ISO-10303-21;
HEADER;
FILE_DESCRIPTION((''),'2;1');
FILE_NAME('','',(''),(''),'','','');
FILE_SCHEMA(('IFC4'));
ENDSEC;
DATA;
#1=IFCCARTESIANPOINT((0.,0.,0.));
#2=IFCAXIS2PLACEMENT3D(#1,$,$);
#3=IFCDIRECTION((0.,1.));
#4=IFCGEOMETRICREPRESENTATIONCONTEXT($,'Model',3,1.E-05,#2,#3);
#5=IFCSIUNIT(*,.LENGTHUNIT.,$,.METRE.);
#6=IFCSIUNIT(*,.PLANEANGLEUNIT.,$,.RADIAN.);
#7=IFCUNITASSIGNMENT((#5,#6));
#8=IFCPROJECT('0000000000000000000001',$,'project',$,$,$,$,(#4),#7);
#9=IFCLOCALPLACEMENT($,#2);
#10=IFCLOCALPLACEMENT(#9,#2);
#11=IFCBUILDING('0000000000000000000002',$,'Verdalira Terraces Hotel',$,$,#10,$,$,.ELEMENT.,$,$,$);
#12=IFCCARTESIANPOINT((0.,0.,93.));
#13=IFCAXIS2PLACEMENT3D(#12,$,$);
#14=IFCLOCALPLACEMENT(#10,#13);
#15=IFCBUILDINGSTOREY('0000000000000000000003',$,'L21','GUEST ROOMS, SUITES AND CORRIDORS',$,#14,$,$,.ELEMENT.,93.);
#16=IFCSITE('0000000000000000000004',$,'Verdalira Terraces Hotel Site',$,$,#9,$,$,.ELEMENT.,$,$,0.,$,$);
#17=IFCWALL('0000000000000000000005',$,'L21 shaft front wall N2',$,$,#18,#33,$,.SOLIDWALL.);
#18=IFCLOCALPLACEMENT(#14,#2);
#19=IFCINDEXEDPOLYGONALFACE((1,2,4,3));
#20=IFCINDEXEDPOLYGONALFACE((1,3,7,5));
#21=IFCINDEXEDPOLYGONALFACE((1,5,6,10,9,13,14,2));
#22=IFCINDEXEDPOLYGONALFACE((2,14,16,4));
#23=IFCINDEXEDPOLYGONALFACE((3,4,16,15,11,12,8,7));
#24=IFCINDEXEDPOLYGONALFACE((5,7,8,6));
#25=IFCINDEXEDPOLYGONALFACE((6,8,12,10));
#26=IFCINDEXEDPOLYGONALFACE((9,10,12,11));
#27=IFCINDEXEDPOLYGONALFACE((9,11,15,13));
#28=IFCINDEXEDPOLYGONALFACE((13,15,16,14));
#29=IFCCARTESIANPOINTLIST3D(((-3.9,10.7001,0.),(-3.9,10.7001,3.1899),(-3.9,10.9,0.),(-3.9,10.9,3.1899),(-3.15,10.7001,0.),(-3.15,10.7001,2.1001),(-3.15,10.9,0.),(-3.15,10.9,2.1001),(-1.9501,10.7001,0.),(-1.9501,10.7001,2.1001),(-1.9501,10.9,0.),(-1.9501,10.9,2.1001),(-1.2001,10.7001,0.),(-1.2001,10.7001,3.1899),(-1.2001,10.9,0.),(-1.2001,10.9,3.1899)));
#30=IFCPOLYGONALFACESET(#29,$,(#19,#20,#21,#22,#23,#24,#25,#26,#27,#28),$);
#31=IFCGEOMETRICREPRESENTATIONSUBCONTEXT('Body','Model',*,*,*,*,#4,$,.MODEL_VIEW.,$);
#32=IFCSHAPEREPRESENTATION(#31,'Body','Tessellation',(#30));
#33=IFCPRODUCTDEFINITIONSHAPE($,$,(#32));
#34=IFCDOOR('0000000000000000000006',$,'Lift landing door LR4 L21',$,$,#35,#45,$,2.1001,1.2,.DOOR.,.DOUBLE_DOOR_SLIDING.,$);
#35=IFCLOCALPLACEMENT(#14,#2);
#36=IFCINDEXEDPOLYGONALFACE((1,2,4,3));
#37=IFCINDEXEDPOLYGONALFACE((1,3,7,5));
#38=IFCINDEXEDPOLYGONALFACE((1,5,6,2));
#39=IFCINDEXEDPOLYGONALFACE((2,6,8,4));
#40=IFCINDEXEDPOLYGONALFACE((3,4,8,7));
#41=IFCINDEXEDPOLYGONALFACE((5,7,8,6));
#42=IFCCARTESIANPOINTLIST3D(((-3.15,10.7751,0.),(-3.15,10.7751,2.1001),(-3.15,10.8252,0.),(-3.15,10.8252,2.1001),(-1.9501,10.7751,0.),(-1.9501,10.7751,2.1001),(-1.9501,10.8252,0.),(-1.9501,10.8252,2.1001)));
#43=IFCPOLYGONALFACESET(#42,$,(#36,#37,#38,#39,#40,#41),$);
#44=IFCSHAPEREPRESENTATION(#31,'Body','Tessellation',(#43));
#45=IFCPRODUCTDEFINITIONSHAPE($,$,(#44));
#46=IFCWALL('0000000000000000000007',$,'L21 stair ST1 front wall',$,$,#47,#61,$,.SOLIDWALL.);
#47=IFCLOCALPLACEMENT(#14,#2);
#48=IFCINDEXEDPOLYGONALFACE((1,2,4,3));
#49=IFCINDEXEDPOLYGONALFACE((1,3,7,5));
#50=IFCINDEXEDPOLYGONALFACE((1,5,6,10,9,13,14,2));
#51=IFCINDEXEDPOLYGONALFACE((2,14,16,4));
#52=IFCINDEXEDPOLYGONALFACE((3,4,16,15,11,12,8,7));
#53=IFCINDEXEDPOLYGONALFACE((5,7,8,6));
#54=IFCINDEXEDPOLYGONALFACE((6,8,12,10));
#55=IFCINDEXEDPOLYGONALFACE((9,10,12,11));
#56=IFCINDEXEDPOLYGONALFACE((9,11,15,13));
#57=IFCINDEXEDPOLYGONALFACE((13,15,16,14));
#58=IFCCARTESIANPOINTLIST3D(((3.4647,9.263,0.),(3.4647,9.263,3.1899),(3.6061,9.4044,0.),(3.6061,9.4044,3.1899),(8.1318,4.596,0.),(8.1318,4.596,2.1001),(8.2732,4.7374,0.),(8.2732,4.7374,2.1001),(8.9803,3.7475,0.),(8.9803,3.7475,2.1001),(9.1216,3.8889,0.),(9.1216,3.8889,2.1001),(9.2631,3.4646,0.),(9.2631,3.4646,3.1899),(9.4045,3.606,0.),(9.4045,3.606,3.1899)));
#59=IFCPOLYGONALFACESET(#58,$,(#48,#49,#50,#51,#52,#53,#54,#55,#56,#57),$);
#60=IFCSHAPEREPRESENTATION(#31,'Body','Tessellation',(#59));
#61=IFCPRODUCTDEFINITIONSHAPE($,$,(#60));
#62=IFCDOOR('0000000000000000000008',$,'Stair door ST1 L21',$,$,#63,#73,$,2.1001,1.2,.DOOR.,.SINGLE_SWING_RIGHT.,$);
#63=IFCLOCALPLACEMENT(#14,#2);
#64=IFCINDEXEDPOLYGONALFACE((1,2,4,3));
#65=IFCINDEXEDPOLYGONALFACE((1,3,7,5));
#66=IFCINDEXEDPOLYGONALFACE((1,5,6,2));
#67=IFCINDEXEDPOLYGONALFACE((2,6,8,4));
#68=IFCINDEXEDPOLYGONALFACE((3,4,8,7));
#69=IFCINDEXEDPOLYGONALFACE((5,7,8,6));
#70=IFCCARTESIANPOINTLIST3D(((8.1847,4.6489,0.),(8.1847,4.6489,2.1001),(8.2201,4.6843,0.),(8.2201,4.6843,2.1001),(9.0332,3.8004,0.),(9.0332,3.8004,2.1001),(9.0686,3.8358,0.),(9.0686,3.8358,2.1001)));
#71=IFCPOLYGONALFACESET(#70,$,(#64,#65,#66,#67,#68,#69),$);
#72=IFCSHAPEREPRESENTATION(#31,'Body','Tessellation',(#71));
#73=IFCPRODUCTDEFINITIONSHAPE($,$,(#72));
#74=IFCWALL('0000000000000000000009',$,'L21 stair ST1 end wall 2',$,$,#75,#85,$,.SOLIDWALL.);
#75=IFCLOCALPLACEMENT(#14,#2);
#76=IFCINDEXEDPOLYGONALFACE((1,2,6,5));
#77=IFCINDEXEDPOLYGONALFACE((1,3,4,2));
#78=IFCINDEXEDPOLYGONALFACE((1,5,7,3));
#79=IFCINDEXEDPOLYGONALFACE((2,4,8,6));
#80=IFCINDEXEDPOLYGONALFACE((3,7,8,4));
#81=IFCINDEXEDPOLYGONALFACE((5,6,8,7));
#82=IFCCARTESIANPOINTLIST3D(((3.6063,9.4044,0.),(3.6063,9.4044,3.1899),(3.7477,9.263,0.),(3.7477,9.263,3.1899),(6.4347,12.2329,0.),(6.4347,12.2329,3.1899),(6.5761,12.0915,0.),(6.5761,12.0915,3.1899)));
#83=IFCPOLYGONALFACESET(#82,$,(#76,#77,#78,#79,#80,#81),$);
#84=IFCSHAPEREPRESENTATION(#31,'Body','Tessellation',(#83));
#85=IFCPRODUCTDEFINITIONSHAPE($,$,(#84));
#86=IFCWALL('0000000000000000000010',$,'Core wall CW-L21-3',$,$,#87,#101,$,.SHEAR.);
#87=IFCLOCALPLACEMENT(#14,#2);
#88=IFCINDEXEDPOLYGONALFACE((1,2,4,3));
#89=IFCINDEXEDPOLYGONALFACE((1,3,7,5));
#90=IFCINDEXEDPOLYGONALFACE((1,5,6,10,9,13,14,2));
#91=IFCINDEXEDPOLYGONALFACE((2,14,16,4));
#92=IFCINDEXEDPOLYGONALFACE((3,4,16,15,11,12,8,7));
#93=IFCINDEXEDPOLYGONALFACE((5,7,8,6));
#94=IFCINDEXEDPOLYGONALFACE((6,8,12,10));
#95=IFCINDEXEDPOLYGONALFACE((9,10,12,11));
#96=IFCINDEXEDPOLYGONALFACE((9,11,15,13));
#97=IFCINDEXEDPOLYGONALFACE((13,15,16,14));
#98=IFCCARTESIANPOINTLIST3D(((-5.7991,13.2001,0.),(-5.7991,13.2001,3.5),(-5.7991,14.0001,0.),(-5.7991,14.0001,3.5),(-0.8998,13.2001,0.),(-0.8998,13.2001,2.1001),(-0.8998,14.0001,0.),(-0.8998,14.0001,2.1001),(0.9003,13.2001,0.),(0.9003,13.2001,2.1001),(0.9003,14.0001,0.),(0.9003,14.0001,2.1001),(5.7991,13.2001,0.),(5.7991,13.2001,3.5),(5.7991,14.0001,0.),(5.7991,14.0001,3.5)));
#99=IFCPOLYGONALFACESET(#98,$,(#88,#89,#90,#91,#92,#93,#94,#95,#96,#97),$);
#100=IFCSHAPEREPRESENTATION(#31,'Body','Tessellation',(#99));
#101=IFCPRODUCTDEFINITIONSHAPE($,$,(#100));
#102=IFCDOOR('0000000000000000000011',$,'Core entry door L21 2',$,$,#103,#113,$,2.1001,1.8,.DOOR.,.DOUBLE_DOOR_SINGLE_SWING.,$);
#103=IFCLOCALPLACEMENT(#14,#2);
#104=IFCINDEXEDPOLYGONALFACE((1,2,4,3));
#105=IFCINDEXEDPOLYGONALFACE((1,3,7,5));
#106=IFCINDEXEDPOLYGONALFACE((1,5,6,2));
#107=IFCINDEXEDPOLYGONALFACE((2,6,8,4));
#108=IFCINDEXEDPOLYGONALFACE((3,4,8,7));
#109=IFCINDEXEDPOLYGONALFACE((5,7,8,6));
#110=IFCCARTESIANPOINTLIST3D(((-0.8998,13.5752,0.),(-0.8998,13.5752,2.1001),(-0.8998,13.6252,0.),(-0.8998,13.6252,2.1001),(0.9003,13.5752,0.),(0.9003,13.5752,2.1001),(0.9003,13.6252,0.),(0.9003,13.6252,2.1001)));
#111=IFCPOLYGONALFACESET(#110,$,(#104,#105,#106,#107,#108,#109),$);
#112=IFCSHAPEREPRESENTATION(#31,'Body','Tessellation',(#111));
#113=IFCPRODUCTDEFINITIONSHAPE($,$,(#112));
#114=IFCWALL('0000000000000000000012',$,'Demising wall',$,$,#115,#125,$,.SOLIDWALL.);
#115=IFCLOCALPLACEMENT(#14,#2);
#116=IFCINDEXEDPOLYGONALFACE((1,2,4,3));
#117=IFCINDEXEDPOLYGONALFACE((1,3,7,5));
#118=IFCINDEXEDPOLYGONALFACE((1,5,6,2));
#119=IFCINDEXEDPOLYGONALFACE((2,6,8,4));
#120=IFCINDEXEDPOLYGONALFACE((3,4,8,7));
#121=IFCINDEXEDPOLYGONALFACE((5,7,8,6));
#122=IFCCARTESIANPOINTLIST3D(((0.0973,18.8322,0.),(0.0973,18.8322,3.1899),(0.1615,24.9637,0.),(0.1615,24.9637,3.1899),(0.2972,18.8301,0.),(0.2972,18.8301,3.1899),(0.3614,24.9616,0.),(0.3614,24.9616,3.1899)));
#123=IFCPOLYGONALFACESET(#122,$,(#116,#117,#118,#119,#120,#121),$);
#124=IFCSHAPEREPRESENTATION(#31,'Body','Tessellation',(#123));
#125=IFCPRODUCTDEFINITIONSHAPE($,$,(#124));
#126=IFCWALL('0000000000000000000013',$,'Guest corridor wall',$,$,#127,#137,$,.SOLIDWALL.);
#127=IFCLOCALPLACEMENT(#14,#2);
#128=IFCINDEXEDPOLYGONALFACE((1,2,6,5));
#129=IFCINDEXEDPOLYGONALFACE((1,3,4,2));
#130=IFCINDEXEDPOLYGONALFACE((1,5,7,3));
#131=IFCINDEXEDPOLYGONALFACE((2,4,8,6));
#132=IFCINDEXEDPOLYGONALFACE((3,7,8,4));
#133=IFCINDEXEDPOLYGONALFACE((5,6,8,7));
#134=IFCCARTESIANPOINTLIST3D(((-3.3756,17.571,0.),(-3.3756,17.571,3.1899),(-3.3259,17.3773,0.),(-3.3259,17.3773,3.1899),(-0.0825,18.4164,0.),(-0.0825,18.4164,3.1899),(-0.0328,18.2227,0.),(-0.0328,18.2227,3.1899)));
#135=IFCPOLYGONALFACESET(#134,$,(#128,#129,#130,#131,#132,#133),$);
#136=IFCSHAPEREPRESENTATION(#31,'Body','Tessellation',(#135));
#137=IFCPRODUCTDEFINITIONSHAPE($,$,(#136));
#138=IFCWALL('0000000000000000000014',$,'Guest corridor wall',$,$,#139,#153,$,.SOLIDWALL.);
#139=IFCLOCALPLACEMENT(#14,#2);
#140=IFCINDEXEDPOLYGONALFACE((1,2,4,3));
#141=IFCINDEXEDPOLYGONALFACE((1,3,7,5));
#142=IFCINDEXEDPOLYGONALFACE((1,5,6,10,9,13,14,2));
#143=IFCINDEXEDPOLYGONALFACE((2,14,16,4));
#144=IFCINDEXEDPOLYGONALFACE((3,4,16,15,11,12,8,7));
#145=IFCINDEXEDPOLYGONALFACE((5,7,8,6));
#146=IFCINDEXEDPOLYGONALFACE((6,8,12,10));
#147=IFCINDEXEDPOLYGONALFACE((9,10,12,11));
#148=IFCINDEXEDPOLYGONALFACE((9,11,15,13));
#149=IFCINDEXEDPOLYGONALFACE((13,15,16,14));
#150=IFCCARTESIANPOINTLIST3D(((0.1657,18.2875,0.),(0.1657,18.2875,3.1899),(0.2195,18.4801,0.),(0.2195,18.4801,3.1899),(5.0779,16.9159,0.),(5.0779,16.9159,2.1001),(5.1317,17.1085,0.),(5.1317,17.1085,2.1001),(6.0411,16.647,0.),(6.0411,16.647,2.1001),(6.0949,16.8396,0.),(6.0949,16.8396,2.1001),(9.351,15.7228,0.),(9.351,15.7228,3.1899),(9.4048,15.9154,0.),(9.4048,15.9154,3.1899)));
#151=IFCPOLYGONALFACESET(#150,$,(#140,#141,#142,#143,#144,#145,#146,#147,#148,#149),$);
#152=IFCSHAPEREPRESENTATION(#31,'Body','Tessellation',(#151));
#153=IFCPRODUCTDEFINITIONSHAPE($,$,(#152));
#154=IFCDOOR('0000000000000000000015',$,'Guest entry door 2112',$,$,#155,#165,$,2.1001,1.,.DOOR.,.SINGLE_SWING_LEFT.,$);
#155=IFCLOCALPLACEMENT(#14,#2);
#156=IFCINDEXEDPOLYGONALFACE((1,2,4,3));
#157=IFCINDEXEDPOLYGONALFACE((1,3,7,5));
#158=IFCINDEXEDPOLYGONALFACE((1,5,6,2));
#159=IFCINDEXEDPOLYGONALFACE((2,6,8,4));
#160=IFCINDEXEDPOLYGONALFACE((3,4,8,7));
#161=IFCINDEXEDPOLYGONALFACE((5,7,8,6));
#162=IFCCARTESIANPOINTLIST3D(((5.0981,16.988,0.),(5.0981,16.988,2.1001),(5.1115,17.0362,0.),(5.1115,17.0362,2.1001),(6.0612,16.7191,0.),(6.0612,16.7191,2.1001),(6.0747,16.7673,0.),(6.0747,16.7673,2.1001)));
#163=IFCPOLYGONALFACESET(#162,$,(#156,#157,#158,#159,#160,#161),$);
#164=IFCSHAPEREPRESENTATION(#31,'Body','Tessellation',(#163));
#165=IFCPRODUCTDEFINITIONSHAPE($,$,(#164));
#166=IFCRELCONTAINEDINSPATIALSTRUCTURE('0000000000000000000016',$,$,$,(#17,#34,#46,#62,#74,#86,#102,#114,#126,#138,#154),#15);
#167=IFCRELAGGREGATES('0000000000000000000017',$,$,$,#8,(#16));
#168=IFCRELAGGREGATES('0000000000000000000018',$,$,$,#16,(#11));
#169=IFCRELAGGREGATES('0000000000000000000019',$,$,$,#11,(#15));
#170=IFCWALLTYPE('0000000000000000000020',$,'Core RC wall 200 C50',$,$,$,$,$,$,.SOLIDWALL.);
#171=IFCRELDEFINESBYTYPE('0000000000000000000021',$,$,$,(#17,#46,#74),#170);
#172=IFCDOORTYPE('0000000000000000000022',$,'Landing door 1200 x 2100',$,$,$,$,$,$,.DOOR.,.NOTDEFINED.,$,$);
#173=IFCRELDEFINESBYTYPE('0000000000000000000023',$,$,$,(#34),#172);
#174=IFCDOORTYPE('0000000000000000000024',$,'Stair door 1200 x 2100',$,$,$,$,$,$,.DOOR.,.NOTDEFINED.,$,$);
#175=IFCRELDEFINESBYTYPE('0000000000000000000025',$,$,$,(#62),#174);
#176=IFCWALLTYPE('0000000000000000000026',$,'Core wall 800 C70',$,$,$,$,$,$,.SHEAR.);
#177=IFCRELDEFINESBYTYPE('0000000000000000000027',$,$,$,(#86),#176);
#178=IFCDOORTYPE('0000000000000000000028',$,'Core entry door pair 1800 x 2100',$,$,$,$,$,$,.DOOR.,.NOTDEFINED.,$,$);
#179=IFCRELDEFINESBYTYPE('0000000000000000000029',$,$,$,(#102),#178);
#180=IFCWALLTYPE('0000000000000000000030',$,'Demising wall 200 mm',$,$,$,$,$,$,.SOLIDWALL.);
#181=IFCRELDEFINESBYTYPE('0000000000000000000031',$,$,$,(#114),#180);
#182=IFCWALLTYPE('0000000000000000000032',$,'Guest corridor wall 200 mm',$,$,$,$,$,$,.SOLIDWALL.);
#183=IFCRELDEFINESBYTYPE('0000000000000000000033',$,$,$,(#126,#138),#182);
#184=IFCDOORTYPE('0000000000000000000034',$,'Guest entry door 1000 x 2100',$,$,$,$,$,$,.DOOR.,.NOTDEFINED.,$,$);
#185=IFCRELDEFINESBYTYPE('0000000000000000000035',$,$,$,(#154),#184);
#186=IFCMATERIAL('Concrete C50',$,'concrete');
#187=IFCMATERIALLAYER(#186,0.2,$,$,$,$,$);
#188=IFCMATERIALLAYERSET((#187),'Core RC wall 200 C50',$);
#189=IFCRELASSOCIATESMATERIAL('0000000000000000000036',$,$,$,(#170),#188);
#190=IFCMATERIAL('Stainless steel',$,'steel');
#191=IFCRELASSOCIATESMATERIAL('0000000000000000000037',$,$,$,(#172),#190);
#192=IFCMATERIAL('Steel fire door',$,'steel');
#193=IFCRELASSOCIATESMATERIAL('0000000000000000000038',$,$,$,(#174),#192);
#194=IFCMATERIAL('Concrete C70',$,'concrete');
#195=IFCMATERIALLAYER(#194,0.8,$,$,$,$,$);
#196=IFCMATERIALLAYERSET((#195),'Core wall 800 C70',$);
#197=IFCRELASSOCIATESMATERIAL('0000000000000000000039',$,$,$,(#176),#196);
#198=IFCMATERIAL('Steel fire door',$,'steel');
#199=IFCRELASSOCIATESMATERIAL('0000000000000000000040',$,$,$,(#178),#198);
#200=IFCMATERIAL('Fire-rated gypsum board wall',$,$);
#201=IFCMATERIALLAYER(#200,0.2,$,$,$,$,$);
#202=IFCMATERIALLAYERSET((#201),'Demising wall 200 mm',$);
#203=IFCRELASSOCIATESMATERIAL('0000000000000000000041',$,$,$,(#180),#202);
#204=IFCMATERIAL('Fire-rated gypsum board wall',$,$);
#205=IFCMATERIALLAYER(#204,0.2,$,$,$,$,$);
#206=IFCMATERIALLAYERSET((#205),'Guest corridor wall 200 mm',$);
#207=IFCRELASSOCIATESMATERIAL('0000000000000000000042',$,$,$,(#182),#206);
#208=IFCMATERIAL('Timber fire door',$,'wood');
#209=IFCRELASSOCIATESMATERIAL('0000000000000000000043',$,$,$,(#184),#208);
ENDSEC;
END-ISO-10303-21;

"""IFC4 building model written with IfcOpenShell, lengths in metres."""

from ifc_helpers import new_model, si_unit, direction, frame, frame_2d, origin, place, context, subcontext, project, spatial, rectangle, extrude, material, layer, layer_set, type_object, element, fill, save


model = new_model("IFC4")

# Units and contexts
model_context = context("Model", 3, precision=1e-05, world=origin(), true_north=direction((0.0, 1.0)))
body_context = subcontext(model_context, "Body", "Model", "MODEL_VIEW")
ifc_project = project(units=[si_unit("LENGTHUNIT", "METRE"), si_unit("PLANEANGLEUNIT", "RADIAN")], contexts=[model_context])

# Site, building, storey
site_placement = place(None, origin())
site = spatial("IfcSite", under=ifc_project, at=site_placement, Name="Verdalira Terraces Hotel Site", CompositionType="ELEMENT", RefElevation=0.0)
building_placement = place(site_placement, origin())
building = spatial("IfcBuilding", under=site, at=building_placement, Name="Verdalira Terraces Hotel", CompositionType="ELEMENT")
storey_placement = place(building_placement, frame((0.0, 0.0, 93.0)))
storey = spatial("IfcBuildingStorey", under=building, at=storey_placement, Name="L21", Description="GUEST ROOMS, SUITES AND CORRIDORS", CompositionType="ELEMENT", Elevation=93.0)

# Walls, openings, doors
ifc_material_1 = material(Name="Concrete C50", Category="concrete")
ifc_layer_1 = layer(ifc_material_1, 0.2)
ifc_layer_set_1 = layer_set([ifc_layer_1], Name="Core RC wall 200 C50")
wall_type_1 = type_object("IfcWallType", Name="Core RC wall 200 C50", PredefinedType="SOLIDWALL", material=ifc_layer_set_1)
ifc_material_2 = material(Name="Stainless steel", Category="steel")
door_type_1 = type_object("IfcDoorType", Name="Landing door 1200 x 2100", OperationType="NOTDEFINED", PredefinedType="DOOR", material=ifc_material_2)
wall_1_placement = place(storey_placement, frame((-1.2, 10.8, 0.0), z_axis=(0.0, 0.0, 1.0), x_axis=(-1.0, 0.0, 0.0)))
wall_1 = element("IfcWall", 1, at=wall_1_placement, inside=storey, type_object=wall_type_1, Name="L21 shaft front wall N2", PredefinedType="SOLIDWALL", context=body_context, shape_type="SweptSolid", body=[
    extrude(rectangle(XDim=2.7, YDim=0.2, at=frame_2d((1.3501, 0.0))), origin(), (0.0, 0.0, 1.0), 3.1899),
])
opening_1_placement = place(wall_1_placement, frame((0.75, 0.0, 0.0)))
opening_1 = element("IfcOpeningElement", 2, at=opening_1_placement, cuts=wall_1, PredefinedType="OPENING", context=body_context, shape_type="SweptSolid", body=[
    extrude(rectangle(XDim=1.2, YDim=2.1001, at=frame_2d((0.6001, 1.05))), frame((0.0, 0.1099, 0.0), z_axis=(0.0, -1.0, 0.0), x_axis=(1.0, 0.0, 0.0)), (0.0, 0.0, 1.0), 0.22),
])
door_1_placement = place(opening_1_placement, origin())
door_1 = element("IfcDoor", 3, at=door_1_placement, inside=storey, type_object=door_type_1, Name="Lift landing door LR4 L21", OperationType="DOUBLE_DOOR_SLIDING", OverallHeight=2.1001, OverallWidth=1.2, PredefinedType="DOOR", context=body_context, shape_type="SweptSolid", body=[
    extrude(rectangle(XDim=1.2, YDim=2.1001, at=frame_2d((0.6001, 1.05))), frame((0.0, 0.0249, 0.0), z_axis=(0.0, -1.0, 0.0), x_axis=(1.0, 0.0, 0.0)), (0.0, 0.0, 1.0), 0.05),
])
fill(opening_1, door_1)
wall_2_placement = place(storey_placement, frame((3.5354, 9.3337, 0.0), z_axis=(0.0, 0.0, 1.0), x_axis=(0.707107, -0.707107, 0.0)))
wall_2 = element("IfcWall", 4, at=wall_2_placement, inside=storey, type_object=wall_type_1, Name="L21 stair ST1 front wall", PredefinedType="SOLIDWALL", context=body_context, shape_type="SweptSolid", body=[
    extrude(rectangle(XDim=8.2002, YDim=0.2, at=frame_2d((4.1001, 0.0))), origin(), (0.0, 0.0, 1.0), 3.1899),
])
opening_2_placement = place(wall_2_placement, frame((6.6001, 0.0, 0.0)))
opening_2 = element("IfcOpeningElement", 5, at=opening_2_placement, cuts=wall_2, PredefinedType="OPENING", context=body_context, shape_type="SweptSolid", body=[
    extrude(rectangle(XDim=1.2, YDim=2.1001, at=frame_2d((0.6001, 1.05))), frame((0.0, 0.1099, 0.0), z_axis=(0.0, -1.0, 0.0), x_axis=(1.0, 0.0, 0.0)), (0.0, 0.0, 1.0), 0.22),
])
ifc_material_3 = material(Name="Steel fire door", Category="steel")
door_type_2 = type_object("IfcDoorType", Name="Stair door 1200 x 2100", OperationType="NOTDEFINED", PredefinedType="DOOR", material=ifc_material_3)
door_2_placement = place(opening_2_placement, origin())
door_2 = element("IfcDoor", 6, at=door_2_placement, inside=storey, type_object=door_type_2, Name="Stair door ST1 L21", OperationType="SINGLE_SWING_RIGHT", OverallHeight=2.1001, OverallWidth=1.2, PredefinedType="DOOR", context=body_context, shape_type="SweptSolid", body=[
    extrude(rectangle(XDim=1.2, YDim=2.1001, at=frame_2d((0.6001, 1.05))), frame((0.0, 0.0249, 0.0), z_axis=(0.0, -1.0, 0.0), x_axis=(1.0, 0.0, 0.0)), (0.0, 0.0, 1.0), 0.05),
])
fill(opening_2, door_2)

# Wall
wall_3_placement = place(storey_placement, frame((3.677, 9.3337, 0.0), z_axis=(0.0, 0.0, 1.0), x_axis=(0.707107, 0.707107, 0.0)))
element("IfcWall", 7, at=wall_3_placement, inside=storey, type_object=wall_type_1, Name="L21 stair ST1 end wall 2", PredefinedType="SOLIDWALL", context=body_context, shape_type="SweptSolid", body=[
    extrude(rectangle(XDim=4.0, YDim=0.2, at=frame_2d((2.0, 0.0))), origin(), (0.0, 0.0, 1.0), 3.1899),
])

# Wall, opening, door
ifc_material_4 = material(Name="Concrete C70", Category="concrete")
ifc_layer_2 = layer(ifc_material_4, 0.8)
ifc_layer_set_2 = layer_set([ifc_layer_2], Name="Core wall 800 C70")
wall_type_2 = type_object("IfcWallType", Name="Core wall 800 C70", PredefinedType="SHEAR", material=ifc_layer_set_2)
wall_4_placement = place(storey_placement, frame((5.7991, 13.6001, 0.0), z_axis=(0.0, 0.0, 1.0), x_axis=(-1.0, 0.0, 0.0)))
wall_4 = element("IfcWall", 8, at=wall_4_placement, inside=storey, type_object=wall_type_2, Name="Core wall CW-L21-3", PredefinedType="SHEAR", context=body_context, shape_type="SweptSolid", body=[
    extrude(rectangle(XDim=11.5981, YDim=0.8, at=frame_2d((5.7991, 0.0))), origin(), (0.0, 0.0, 1.0), 3.5),
])
opening_3_placement = place(wall_4_placement, frame((4.8989, 0.0, 0.0)))
opening_3 = element("IfcOpeningElement", 9, at=opening_3_placement, cuts=wall_4, PredefinedType="OPENING", context=body_context, shape_type="SweptSolid", body=[
    extrude(rectangle(XDim=1.8, YDim=2.1001, at=frame_2d((0.8999, 1.05))), frame((0.0, 0.4099, 0.0), z_axis=(0.0, -1.0, 0.0), x_axis=(1.0, 0.0, 0.0)), (0.0, 0.0, 1.0), 0.8201),
])
ifc_material_5 = material(Name="Steel fire door", Category="steel")
door_type_3 = type_object("IfcDoorType", Name="Core entry door pair 1800 x 2100", OperationType="NOTDEFINED", PredefinedType="DOOR", material=ifc_material_5)
door_3_placement = place(opening_3_placement, origin())
door_3 = element("IfcDoor", 10, at=door_3_placement, inside=storey, type_object=door_type_3, Name="Core entry door L21 2", OperationType="DOUBLE_DOOR_SINGLE_SWING", OverallHeight=2.1001, OverallWidth=1.8, PredefinedType="DOOR", context=body_context, shape_type="SweptSolid", body=[
    extrude(rectangle(XDim=1.8, YDim=2.1001, at=frame_2d((0.8999, 1.05))), frame((0.0, 0.0249, 0.0), z_axis=(0.0, -1.0, 0.0), x_axis=(1.0, 0.0, 0.0)), (0.0, 0.0, 1.0), 0.05),
])
fill(opening_3, door_3)

# Walls
ifc_material_6 = material(Name="Fire-rated gypsum board wall")
ifc_layer_3 = layer(ifc_material_6, 0.2)
ifc_layer_set_3 = layer_set([ifc_layer_3], Name="Demising wall 200 mm")
wall_type_3 = type_object("IfcWallType", Name="Demising wall 200 mm", PredefinedType="SOLIDWALL", material=ifc_layer_set_3)
wall_5_placement = place(storey_placement, frame((0.2615, 24.9626, 0.0), z_axis=(0.0, 0.0, 1.0), x_axis=(-0.010471, -0.999945, 0.0)))
element("IfcWall", 11, at=wall_5_placement, inside=storey, type_object=wall_type_3, Name="Demising wall", PredefinedType="SOLIDWALL", context=body_context, shape_type="SweptSolid", body=[
    extrude(rectangle(XDim=6.1318, YDim=0.2, at=frame_2d((3.0659, 0.0))), origin(), (0.0, 0.0, 1.0), 3.1899),
])
ifc_material_7 = material(Name="Fire-rated gypsum board wall")
ifc_layer_4 = layer(ifc_material_7, 0.2)
ifc_layer_set_4 = layer_set([ifc_layer_4], Name="Guest corridor wall 200 mm")
wall_type_4 = type_object("IfcWallType", Name="Guest corridor wall 200 mm", PredefinedType="SOLIDWALL", material=ifc_layer_set_4)
wall_6_placement = place(storey_placement, frame((-0.0576, 18.3196, 0.0), z_axis=(0.0, 0.0, 1.0), x_axis=(-0.96859, -0.248664, 0.0)))
element("IfcWall", 12, at=wall_6_placement, inside=storey, type_object=wall_type_4, Name="Guest corridor wall", PredefinedType="SOLIDWALL", context=body_context, shape_type="SweptSolid", body=[
    extrude(rectangle(XDim=3.3999, YDim=0.2, at=frame_2d((1.7, 0.0))), origin(), (0.0, 0.0, 1.0), 3.1899),
])

# Wall, opening, door
wall_7_placement = place(storey_placement, frame((0.1926, 18.3838, 0.0), z_axis=(0.0, 0.0, 1.0), x_axis=(0.963159, -0.268931, 0.0)))
wall_7 = element("IfcWall", 13, at=wall_7_placement, inside=storey, type_object=wall_type_4, Name="Guest corridor wall", PredefinedType="SOLIDWALL", context=body_context, shape_type="SweptSolid", body=[
    extrude(rectangle(XDim=9.5366, YDim=0.2, at=frame_2d((4.7683, 0.0))), origin(), (0.0, 0.0, 1.0), 3.1899),
])
opening_4_placement = place(wall_7_placement, frame((5.1001, 0.0, 0.0)))
opening_4 = element("IfcOpeningElement", 14, at=opening_4_placement, cuts=wall_7, PredefinedType="OPENING", context=body_context, shape_type="SweptSolid", body=[
    extrude(rectangle(XDim=1.0, YDim=2.1001, at=frame_2d((0.5, 1.05))), frame((0.0, 0.1099, 0.0), z_axis=(0.0, -1.0, 0.0), x_axis=(1.0, 0.0, 0.0)), (0.0, 0.0, 1.0), 0.22),
])
ifc_material_8 = material(Name="Timber fire door", Category="wood")
door_type_4 = type_object("IfcDoorType", Name="Guest entry door 1000 x 2100", OperationType="NOTDEFINED", PredefinedType="DOOR", material=ifc_material_8)
door_4_placement = place(opening_4_placement, origin())
door_4 = element("IfcDoor", 15, at=door_4_placement, inside=storey, type_object=door_type_4, Name="Guest entry door 2112", OperationType="SINGLE_SWING_LEFT", OverallHeight=2.1001, OverallWidth=1.0, PredefinedType="DOOR", context=body_context, shape_type="SweptSolid", body=[
    extrude(rectangle(XDim=1.0, YDim=2.1001, at=frame_2d((0.5, 1.05))), frame((0.0, 0.0249, 0.0), z_axis=(0.0, -1.0, 0.0), x_axis=(1.0, 0.0, 0.0)), (0.0, 0.0, 1.0), 0.05),
])
fill(opening_4, door_4)

save(model, "model.ifc")
